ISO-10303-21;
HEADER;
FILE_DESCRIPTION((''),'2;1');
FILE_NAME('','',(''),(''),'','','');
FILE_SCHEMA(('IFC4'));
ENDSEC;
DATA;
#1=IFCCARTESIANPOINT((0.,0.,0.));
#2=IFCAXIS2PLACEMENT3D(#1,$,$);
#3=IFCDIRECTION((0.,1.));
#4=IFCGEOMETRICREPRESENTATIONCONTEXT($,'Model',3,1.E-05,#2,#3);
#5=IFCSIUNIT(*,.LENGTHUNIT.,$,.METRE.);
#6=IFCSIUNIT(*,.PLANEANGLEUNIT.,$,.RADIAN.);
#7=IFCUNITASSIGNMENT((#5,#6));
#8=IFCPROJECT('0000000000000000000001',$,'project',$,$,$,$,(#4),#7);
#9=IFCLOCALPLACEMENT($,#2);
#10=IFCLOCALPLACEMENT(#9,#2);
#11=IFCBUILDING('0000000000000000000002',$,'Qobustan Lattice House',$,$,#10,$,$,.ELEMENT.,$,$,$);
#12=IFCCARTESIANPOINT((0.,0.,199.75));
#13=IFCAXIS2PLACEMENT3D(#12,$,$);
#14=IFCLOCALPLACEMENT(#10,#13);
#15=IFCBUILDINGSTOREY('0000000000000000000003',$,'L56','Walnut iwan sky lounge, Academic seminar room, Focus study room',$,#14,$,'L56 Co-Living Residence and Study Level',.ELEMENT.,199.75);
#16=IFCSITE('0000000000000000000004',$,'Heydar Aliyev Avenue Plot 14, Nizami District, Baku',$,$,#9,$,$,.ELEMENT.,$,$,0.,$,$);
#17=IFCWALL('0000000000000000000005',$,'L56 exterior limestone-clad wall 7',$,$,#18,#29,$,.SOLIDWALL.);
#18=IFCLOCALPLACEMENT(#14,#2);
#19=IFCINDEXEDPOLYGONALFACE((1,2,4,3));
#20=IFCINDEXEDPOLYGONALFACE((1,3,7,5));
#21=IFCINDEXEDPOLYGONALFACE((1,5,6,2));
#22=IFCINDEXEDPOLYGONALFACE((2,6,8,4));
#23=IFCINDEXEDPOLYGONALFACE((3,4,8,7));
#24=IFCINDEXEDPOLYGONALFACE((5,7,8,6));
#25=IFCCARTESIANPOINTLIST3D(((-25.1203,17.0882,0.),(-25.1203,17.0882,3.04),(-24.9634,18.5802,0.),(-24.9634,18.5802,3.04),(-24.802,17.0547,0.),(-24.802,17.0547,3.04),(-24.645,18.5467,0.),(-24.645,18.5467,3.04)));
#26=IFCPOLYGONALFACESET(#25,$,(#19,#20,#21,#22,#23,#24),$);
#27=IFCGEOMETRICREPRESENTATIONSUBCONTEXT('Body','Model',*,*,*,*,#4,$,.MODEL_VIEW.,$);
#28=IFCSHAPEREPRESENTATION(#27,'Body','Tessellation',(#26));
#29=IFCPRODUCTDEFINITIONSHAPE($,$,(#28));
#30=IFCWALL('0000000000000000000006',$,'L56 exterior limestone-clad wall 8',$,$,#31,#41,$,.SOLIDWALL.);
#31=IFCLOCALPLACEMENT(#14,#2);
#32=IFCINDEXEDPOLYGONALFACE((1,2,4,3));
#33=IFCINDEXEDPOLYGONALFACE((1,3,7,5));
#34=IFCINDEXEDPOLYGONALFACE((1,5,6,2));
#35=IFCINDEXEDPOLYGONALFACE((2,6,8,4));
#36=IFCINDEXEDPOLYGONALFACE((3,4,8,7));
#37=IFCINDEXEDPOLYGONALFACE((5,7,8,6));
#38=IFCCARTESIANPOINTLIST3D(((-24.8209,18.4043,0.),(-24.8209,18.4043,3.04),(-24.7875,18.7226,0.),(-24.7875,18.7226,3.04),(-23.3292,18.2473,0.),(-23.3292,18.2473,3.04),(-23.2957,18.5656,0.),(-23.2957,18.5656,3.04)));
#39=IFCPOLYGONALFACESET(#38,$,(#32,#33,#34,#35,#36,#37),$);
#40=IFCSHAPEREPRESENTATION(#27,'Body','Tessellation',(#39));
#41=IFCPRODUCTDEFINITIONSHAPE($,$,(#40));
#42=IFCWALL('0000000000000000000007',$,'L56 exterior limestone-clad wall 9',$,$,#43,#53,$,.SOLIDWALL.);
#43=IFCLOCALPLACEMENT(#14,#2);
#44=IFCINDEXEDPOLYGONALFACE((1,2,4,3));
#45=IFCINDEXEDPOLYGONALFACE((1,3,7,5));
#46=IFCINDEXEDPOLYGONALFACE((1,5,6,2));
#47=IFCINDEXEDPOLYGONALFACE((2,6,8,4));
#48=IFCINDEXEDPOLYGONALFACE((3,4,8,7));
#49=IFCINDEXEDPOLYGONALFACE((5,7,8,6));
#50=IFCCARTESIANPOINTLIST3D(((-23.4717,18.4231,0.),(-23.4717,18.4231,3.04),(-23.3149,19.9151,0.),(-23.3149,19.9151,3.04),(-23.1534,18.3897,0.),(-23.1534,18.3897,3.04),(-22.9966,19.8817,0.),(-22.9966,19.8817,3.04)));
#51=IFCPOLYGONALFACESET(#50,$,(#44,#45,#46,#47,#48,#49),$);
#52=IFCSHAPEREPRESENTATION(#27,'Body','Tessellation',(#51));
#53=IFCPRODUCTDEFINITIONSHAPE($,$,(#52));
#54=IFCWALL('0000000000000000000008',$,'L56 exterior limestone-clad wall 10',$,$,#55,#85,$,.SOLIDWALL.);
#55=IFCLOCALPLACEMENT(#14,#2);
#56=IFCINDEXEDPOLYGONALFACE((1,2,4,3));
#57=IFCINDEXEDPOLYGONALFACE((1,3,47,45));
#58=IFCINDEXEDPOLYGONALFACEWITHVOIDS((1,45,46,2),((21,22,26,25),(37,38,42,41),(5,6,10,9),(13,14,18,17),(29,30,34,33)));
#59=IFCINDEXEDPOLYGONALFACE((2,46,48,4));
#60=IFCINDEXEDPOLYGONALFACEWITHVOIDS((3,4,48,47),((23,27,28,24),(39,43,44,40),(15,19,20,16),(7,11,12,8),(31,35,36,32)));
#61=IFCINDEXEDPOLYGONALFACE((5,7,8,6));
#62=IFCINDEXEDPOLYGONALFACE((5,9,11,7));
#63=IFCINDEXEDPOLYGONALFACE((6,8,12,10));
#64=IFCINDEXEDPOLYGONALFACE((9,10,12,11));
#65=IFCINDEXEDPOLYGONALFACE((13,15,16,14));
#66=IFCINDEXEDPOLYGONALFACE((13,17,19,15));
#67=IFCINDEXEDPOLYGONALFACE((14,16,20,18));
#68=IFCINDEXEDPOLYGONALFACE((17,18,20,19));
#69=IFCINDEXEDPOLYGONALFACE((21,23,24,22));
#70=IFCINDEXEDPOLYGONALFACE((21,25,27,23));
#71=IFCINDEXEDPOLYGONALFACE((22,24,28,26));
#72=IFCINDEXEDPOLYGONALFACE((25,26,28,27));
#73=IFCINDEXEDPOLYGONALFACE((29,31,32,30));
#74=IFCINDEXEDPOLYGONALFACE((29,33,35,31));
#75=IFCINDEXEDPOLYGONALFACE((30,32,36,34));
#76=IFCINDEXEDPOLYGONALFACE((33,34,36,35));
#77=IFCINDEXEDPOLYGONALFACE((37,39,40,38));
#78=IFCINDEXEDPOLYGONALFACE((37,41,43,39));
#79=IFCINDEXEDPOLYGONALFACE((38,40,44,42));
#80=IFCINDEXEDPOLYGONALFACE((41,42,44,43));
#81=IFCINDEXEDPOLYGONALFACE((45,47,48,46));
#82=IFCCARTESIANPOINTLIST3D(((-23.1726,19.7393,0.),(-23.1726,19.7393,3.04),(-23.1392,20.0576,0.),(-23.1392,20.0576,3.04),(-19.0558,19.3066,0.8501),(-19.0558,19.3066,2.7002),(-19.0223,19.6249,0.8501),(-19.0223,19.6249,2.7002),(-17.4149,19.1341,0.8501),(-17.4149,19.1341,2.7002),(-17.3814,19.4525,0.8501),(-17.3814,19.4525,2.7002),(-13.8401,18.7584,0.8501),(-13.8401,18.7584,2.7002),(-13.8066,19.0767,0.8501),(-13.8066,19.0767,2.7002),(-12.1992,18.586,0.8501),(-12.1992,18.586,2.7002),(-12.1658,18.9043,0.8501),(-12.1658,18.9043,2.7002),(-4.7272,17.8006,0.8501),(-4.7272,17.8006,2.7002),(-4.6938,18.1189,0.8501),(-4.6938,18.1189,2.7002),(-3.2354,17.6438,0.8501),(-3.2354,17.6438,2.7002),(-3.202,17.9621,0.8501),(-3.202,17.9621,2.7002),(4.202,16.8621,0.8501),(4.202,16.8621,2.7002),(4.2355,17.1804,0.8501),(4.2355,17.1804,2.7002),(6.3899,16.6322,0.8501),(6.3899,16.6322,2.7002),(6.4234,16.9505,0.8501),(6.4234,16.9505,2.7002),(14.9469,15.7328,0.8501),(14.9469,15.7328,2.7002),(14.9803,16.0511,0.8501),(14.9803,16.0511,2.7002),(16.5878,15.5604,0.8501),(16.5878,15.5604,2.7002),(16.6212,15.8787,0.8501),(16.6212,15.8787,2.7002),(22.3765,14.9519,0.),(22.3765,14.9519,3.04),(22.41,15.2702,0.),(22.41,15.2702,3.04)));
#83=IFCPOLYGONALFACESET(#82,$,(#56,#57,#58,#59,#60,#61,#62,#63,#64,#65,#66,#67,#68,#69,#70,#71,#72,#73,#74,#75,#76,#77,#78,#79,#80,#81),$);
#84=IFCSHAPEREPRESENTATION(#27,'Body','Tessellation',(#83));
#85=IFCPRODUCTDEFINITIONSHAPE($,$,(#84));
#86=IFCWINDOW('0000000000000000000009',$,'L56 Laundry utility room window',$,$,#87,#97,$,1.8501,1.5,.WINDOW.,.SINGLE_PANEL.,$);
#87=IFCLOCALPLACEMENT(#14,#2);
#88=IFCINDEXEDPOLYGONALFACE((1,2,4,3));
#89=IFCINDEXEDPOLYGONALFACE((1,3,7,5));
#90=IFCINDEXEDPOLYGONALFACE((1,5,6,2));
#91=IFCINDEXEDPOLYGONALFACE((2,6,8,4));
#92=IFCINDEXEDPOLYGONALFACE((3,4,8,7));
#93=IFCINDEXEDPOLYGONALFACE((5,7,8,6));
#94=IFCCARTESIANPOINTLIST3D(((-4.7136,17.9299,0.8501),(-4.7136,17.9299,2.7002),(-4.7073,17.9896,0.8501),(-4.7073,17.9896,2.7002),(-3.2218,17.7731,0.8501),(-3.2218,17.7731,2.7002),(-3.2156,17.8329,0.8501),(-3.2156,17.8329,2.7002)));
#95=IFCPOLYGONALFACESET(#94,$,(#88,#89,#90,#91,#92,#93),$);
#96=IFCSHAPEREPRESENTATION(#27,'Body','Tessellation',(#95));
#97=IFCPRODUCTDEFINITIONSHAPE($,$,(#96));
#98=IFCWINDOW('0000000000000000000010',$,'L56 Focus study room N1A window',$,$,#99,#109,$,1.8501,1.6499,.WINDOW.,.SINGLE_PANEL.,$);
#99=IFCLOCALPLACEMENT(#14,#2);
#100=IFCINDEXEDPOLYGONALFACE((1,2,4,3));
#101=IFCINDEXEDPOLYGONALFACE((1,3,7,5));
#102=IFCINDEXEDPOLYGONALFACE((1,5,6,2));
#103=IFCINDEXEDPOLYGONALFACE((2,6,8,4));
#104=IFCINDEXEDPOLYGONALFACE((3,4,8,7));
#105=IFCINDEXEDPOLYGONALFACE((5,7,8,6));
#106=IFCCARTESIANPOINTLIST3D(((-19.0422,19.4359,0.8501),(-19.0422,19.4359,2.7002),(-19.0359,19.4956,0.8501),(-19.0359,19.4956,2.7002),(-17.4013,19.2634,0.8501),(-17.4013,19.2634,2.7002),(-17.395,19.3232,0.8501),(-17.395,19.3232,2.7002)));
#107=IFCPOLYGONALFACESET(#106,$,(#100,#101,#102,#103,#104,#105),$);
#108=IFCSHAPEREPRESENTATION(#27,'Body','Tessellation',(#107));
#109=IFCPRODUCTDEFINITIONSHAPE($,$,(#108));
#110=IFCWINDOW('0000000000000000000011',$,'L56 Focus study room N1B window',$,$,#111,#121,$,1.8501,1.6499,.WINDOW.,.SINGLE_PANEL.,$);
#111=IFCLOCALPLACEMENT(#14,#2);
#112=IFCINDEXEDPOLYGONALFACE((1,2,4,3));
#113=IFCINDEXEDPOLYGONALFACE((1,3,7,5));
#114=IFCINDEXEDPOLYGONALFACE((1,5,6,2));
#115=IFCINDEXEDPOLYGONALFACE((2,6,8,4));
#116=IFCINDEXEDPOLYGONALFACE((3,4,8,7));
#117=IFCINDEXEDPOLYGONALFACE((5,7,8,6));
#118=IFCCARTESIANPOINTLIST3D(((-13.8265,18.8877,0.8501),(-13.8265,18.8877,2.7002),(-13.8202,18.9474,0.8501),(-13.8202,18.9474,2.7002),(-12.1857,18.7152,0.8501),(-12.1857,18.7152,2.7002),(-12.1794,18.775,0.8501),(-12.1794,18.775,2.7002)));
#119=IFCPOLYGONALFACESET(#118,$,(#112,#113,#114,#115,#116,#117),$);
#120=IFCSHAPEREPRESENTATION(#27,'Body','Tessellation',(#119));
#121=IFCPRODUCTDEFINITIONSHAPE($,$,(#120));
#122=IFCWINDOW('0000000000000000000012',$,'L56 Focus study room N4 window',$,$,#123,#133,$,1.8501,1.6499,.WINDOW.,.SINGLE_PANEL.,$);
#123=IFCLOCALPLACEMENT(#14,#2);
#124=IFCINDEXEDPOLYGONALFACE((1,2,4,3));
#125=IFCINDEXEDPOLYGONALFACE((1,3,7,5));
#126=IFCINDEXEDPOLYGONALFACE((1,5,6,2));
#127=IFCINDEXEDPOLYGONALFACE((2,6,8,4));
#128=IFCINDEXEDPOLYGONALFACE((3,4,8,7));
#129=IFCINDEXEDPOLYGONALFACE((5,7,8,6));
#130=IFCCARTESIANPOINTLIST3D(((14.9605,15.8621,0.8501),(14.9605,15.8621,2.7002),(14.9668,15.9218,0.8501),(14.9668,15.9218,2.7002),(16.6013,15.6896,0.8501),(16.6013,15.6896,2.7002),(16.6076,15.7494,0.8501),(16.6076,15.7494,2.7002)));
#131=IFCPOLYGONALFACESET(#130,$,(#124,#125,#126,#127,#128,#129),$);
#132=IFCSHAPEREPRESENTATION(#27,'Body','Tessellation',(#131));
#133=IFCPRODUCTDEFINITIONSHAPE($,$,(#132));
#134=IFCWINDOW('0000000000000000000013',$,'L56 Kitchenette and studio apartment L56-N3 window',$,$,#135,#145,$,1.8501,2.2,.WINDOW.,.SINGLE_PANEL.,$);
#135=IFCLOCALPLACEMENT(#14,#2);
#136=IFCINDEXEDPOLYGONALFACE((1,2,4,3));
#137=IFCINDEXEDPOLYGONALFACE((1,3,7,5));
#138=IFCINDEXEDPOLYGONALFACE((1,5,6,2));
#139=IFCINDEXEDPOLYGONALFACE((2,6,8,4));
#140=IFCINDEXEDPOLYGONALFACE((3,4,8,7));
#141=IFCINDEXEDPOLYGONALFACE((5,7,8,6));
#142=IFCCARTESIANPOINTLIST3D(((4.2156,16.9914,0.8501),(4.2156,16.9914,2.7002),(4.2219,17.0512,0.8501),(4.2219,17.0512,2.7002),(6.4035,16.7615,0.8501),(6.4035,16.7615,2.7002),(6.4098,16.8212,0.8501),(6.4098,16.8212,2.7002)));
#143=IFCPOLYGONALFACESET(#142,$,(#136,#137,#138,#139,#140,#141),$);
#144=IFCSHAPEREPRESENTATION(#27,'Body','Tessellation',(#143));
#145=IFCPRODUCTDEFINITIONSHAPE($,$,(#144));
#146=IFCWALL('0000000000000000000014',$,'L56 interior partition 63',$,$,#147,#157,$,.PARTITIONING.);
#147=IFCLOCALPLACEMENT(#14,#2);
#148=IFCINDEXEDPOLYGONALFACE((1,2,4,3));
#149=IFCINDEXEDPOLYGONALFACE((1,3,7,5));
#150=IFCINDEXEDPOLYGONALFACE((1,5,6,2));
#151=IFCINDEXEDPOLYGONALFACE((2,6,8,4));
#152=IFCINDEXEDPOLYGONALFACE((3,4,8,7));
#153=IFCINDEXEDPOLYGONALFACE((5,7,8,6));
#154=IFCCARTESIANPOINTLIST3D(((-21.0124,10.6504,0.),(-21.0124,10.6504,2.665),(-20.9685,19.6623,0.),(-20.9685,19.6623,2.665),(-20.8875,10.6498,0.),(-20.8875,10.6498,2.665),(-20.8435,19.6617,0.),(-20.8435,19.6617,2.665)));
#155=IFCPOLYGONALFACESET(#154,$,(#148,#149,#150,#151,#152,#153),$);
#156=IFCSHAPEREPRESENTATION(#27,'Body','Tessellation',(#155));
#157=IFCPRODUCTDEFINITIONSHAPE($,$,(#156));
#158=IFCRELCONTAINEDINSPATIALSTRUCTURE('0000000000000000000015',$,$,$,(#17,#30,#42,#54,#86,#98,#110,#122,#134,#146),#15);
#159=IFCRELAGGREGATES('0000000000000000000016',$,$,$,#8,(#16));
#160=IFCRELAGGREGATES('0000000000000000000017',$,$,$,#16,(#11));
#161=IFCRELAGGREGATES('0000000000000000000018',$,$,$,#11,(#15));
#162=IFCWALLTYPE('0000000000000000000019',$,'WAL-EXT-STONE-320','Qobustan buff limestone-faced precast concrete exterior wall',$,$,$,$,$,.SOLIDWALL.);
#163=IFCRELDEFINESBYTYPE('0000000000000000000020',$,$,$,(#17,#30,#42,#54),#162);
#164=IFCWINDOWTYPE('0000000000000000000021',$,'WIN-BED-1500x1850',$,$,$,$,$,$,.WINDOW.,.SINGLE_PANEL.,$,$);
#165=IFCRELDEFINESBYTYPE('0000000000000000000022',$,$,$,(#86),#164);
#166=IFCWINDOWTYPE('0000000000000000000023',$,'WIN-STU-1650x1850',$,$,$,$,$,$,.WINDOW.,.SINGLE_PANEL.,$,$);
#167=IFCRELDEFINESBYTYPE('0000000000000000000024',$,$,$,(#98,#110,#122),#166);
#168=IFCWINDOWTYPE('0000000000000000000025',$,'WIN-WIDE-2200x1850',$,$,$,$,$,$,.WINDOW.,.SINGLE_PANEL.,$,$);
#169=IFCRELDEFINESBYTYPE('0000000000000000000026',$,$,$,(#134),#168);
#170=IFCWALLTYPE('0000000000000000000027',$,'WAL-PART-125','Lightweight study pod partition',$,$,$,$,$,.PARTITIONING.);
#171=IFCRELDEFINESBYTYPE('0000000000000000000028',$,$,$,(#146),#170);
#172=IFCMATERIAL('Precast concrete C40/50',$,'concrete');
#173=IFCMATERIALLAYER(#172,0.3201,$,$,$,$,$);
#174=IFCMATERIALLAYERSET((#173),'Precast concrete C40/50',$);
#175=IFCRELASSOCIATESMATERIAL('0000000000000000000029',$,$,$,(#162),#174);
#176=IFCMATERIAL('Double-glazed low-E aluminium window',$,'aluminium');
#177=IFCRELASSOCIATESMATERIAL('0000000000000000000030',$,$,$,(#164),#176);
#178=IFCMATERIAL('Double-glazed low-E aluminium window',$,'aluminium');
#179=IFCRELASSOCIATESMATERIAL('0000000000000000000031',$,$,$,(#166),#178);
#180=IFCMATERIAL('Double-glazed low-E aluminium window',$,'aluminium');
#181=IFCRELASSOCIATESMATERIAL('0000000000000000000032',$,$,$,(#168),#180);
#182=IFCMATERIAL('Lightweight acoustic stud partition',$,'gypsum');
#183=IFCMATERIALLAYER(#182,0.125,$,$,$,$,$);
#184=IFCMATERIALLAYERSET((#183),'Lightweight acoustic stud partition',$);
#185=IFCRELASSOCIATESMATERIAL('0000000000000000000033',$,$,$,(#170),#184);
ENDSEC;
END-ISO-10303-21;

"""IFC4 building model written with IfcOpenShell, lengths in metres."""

from ifc_helpers import new_model, si_unit, direction, frame, frame_2d, origin, place, context, subcontext, project, spatial, rectangle, extrude, material, layer, layer_set, type_object, element, fill, save


model = new_model("IFC4")

# Units and contexts
model_context = context("Model", 3, precision=1e-05, world=origin(), true_north=direction((0.0, 1.0)))
body_context = subcontext(model_context, "Body", "Model", "MODEL_VIEW")
ifc_project = project(units=[si_unit("LENGTHUNIT", "METRE"), si_unit("PLANEANGLEUNIT", "RADIAN")], contexts=[model_context])

# Site, building, storey
site_placement = place(None, origin())
site = spatial("IfcSite", under=ifc_project, at=site_placement, Name="Heydar Aliyev Avenue Plot 14, Nizami District, Baku", CompositionType="ELEMENT", RefElevation=0.0)
building_placement = place(site_placement, origin())
building = spatial("IfcBuilding", under=site, at=building_placement, Name="Qobustan Lattice House", CompositionType="ELEMENT")
storey_placement = place(building_placement, frame((0.0, 0.0, 199.75)))
storey = spatial("IfcBuildingStorey", under=building, at=storey_placement, Name="L56", Description="Walnut iwan sky lounge, Academic seminar room, Focus study room", LongName="L56 Co-Living Residence and Study Level", CompositionType="ELEMENT", Elevation=199.75)

# Walls
ifc_material_1 = material(Name="Precast concrete C40/50", Category="concrete")
ifc_layer_1 = layer(ifc_material_1, 0.3201)
ifc_layer_set_1 = layer_set([ifc_layer_1], Name="Precast concrete C40/50")
wall_type_1 = type_object("IfcWallType", Name="WAL-EXT-STONE-320", Description="Qobustan buff limestone-faced precast concrete exterior wall", PredefinedType="SOLIDWALL", material=ifc_layer_set_1)
wall_1_placement = place(storey_placement, frame((-24.9612, 17.0715, 0.0), z_axis=(0.0, 0.0, 1.0), x_axis=(0.104642, 0.99451, 0.0)))
element("IfcWall", 1, at=wall_1_placement, inside=storey, type_object=wall_type_1, Name="L56 exterior limestone-clad wall 7", PredefinedType="SOLIDWALL", context=body_context, shape_type="SweptSolid", body=[
    extrude(rectangle(XDim=1.5002, YDim=0.3201, at=frame_2d((0.75, 0.0))), origin(), (0.0, 0.0, 1.0), 3.04),
])
wall_2_placement = place(storey_placement, frame((-24.8042, 18.5635, 0.0), z_axis=(0.0, 0.0, 1.0), x_axis=(0.994508, -0.104659, 0.0)))
element("IfcWall", 2, at=wall_2_placement, inside=storey, type_object=wall_type_1, Name="L56 exterior limestone-clad wall 8", PredefinedType="SOLIDWALL", context=body_context, shape_type="SweptSolid", body=[
    extrude(rectangle(XDim=1.5, YDim=0.3201, at=frame_2d((0.75, 0.0))), origin(), (0.0, 0.0, 1.0), 3.04),
])
wall_3_placement = place(storey_placement, frame((-23.3125, 18.4065, 0.0), z_axis=(0.0, 0.0, 1.0), x_axis=(0.104481, 0.994527, 0.0)))
element("IfcWall", 3, at=wall_3_placement, inside=storey, type_object=wall_type_1, Name="L56 exterior limestone-clad wall 9", PredefinedType="SOLIDWALL", context=body_context, shape_type="SweptSolid", body=[
    extrude(rectangle(XDim=1.5002, YDim=0.3201, at=frame_2d((0.75, 0.0))), origin(), (0.0, 0.0, 1.0), 3.04),
])

# Wall, openings, windows
wall_4_placement = place(storey_placement, frame((-23.1558, 19.8984, 0.0), z_axis=(0.0, 0.0, 1.0), x_axis=(0.994522, -0.104527, 0.0)))
wall_4 = element("IfcWall", 4, at=wall_4_placement, inside=storey, type_object=wall_type_1, Name="L56 exterior limestone-clad wall 10", PredefinedType="SOLIDWALL", context=body_context, shape_type="SweptSolid", body=[
    extrude(rectangle(XDim=45.8, YDim=0.3201, at=frame_2d((22.8999, 0.0))), origin(), (0.0, 0.0, 1.0), 3.04),
])
opening_1_placement = place(wall_4_placement, frame((4.1394, 0.0, 0.8501)))
opening_1 = element("IfcOpeningElement", 5, at=opening_1_placement, cuts=wall_4, PredefinedType="OPENING", context=body_context, shape_type="SweptSolid", body=[
    extrude(rectangle(XDim=1.6499, YDim=1.8501, at=frame_2d((0.825, 0.925))), frame((0.0, 0.1699, 0.0), z_axis=(0.0, -1.0, 0.0), x_axis=(1.0, 0.0, 0.0)), (0.0, 0.0, 1.0), 0.3401),
])
opening_2_placement = place(wall_4_placement, frame((9.3838, 0.0, 0.8501)))
opening_2 = element("IfcOpeningElement", 6, at=opening_2_placement, cuts=wall_4, PredefinedType="OPENING", context=body_context, shape_type="SweptSolid", body=[
    extrude(rectangle(XDim=1.6499, YDim=1.8501, at=frame_2d((0.825, 0.925))), frame((0.0, 0.1699, 0.0), z_axis=(0.0, -1.0, 0.0), x_axis=(1.0, 0.0, 0.0)), (0.0, 0.0, 1.0), 0.3401),
])
opening_3_placement = place(wall_4_placement, frame((18.5469, 0.0, 0.8501)))
opening_3 = element("IfcOpeningElement", 7, at=opening_3_placement, cuts=wall_4, PredefinedType="OPENING", context=body_context, shape_type="SweptSolid", body=[
    extrude(rectangle(XDim=1.5, YDim=1.8501, at=frame_2d((0.75, 0.925))), frame((0.0, 0.1699, 0.0), z_axis=(0.0, -1.0, 0.0), x_axis=(1.0, 0.0, 0.0)), (0.0, 0.0, 1.0), 0.3401),
])
opening_4_placement = place(wall_4_placement, frame((27.5251, 0.0, 0.8501)))
opening_4 = element("IfcOpeningElement", 8, at=opening_4_placement, cuts=wall_4, PredefinedType="OPENING", context=body_context, shape_type="SweptSolid", body=[
    extrude(rectangle(XDim=2.2, YDim=1.8501, at=frame_2d((1.1001, 0.925))), frame((0.0, 0.1699, 0.0), z_axis=(0.0, -1.0, 0.0), x_axis=(1.0, 0.0, 0.0)), (0.0, 0.0, 1.0), 0.3401),
])
opening_5_placement = place(wall_4_placement, frame((38.3293, 0.0, 0.8501)))
opening_5 = element("IfcOpeningElement", 9, at=opening_5_placement, cuts=wall_4, PredefinedType="OPENING", context=body_context, shape_type="SweptSolid", body=[
    extrude(rectangle(XDim=1.6499, YDim=1.8501, at=frame_2d((0.825, 0.925))), frame((0.0, 0.1699, 0.0), z_axis=(0.0, -1.0, 0.0), x_axis=(1.0, 0.0, 0.0)), (0.0, 0.0, 1.0), 0.3401),
])
ifc_material_2 = material(Name="Double-glazed low-E aluminium window", Category="aluminium")
window_type_1 = type_object("IfcWindowType", Name="WIN-BED-1500x1850", PartitioningType="SINGLE_PANEL", PredefinedType="WINDOW", material=ifc_material_2)
window_1_placement = place(opening_3_placement, origin())
window_1 = element("IfcWindow", 10, at=window_1_placement, inside=storey, type_object=window_type_1, Name="L56 Laundry utility room window", OverallHeight=1.8501, OverallWidth=1.5, PartitioningType="SINGLE_PANEL", PredefinedType="WINDOW", context=body_context, shape_type="SweptSolid", body=[
    extrude(rectangle(XDim=1.5, YDim=1.8501, at=frame_2d((0.75, 0.925))), frame((0.0, 0.03, 0.0), z_axis=(0.0, -1.0, 0.0), x_axis=(1.0, 0.0, 0.0)), (0.0, 0.0, 1.0), 0.0601),
])
fill(opening_3, window_1)
ifc_material_3 = material(Name="Double-glazed low-E aluminium window", Category="aluminium")
window_type_2 = type_object("IfcWindowType", Name="WIN-STU-1650x1850", PartitioningType="SINGLE_PANEL", PredefinedType="WINDOW", material=ifc_material_3)
window_2_placement = place(opening_1_placement, origin())
window_2 = element("IfcWindow", 11, at=window_2_placement, inside=storey, type_object=window_type_2, Name="L56 Focus study room N1A window", OverallHeight=1.8501, OverallWidth=1.6499, PartitioningType="SINGLE_PANEL", PredefinedType="WINDOW", context=body_context, shape_type="SweptSolid", body=[
    extrude(rectangle(XDim=1.6499, YDim=1.8501, at=frame_2d((0.825, 0.925))), frame((0.0, 0.03, 0.0), z_axis=(0.0, -1.0, 0.0), x_axis=(1.0, 0.0, 0.0)), (0.0, 0.0, 1.0), 0.0601),
])
fill(opening_1, window_2)
window_3_placement = place(opening_2_placement, origin())
window_3 = element("IfcWindow", 12, at=window_3_placement, inside=storey, type_object=window_type_2, Name="L56 Focus study room N1B window", OverallHeight=1.8501, OverallWidth=1.6499, PartitioningType="SINGLE_PANEL", PredefinedType="WINDOW", context=body_context, shape_type="SweptSolid", body=[
    extrude(rectangle(XDim=1.6499, YDim=1.8501, at=frame_2d((0.825, 0.925))), frame((0.0, 0.03, 0.0), z_axis=(0.0, -1.0, 0.0), x_axis=(1.0, 0.0, 0.0)), (0.0, 0.0, 1.0), 0.0601),
])
fill(opening_2, window_3)
window_4_placement = place(opening_5_placement, origin())
window_4 = element("IfcWindow", 13, at=window_4_placement, inside=storey, type_object=window_type_2, Name="L56 Focus study room N4 window", OverallHeight=1.8501, OverallWidth=1.6499, PartitioningType="SINGLE_PANEL", PredefinedType="WINDOW", context=body_context, shape_type="SweptSolid", body=[
    extrude(rectangle(XDim=1.6499, YDim=1.8501, at=frame_2d((0.825, 0.925))), frame((0.0, 0.03, 0.0), z_axis=(0.0, -1.0, 0.0), x_axis=(1.0, 0.0, 0.0)), (0.0, 0.0, 1.0), 0.0601),
])
fill(opening_5, window_4)
ifc_material_4 = material(Name="Double-glazed low-E aluminium window", Category="aluminium")
window_type_3 = type_object("IfcWindowType", Name="WIN-WIDE-2200x1850", PartitioningType="SINGLE_PANEL", PredefinedType="WINDOW", material=ifc_material_4)
window_5_placement = place(opening_4_placement, origin())
window_5 = element("IfcWindow", 14, at=window_5_placement, inside=storey, type_object=window_type_3, Name="L56 Kitchenette and studio apartment L56-N3 window", OverallHeight=1.8501, OverallWidth=2.2, PartitioningType="SINGLE_PANEL", PredefinedType="WINDOW", context=body_context, shape_type="SweptSolid", body=[
    extrude(rectangle(XDim=2.2, YDim=1.8501, at=frame_2d((1.1001, 0.925))), frame((0.0, 0.03, 0.0), z_axis=(0.0, -1.0, 0.0), x_axis=(1.0, 0.0, 0.0)), (0.0, 0.0, 1.0), 0.0601),
])
fill(opening_4, window_5)

# Wall
ifc_material_5 = material(Name="Lightweight acoustic stud partition", Category="gypsum")
ifc_layer_2 = layer(ifc_material_5, 0.125)
ifc_layer_set_2 = layer_set([ifc_layer_2], Name="Lightweight acoustic stud partition")
wall_type_2 = type_object("IfcWallType", Name="WAL-PART-125", Description="Lightweight study pod partition", PredefinedType="PARTITIONING", material=ifc_layer_set_2)
wall_5_placement = place(storey_placement, frame((-20.906, 19.6619, 0.0), z_axis=(0.0, 0.0, 1.0), x_axis=(-0.004876, -0.999988, 0.0)))
element("IfcWall", 15, at=wall_5_placement, inside=storey, type_object=wall_type_2, Name="L56 interior partition 63", PredefinedType="PARTITIONING", context=body_context, shape_type="SweptSolid", body=[
    extrude(rectangle(XDim=9.012, YDim=0.125, at=frame_2d((4.5059, 0.0))), origin(), (0.0, 0.0, 1.0), 2.665),
])

save(model, "model.ifc")
